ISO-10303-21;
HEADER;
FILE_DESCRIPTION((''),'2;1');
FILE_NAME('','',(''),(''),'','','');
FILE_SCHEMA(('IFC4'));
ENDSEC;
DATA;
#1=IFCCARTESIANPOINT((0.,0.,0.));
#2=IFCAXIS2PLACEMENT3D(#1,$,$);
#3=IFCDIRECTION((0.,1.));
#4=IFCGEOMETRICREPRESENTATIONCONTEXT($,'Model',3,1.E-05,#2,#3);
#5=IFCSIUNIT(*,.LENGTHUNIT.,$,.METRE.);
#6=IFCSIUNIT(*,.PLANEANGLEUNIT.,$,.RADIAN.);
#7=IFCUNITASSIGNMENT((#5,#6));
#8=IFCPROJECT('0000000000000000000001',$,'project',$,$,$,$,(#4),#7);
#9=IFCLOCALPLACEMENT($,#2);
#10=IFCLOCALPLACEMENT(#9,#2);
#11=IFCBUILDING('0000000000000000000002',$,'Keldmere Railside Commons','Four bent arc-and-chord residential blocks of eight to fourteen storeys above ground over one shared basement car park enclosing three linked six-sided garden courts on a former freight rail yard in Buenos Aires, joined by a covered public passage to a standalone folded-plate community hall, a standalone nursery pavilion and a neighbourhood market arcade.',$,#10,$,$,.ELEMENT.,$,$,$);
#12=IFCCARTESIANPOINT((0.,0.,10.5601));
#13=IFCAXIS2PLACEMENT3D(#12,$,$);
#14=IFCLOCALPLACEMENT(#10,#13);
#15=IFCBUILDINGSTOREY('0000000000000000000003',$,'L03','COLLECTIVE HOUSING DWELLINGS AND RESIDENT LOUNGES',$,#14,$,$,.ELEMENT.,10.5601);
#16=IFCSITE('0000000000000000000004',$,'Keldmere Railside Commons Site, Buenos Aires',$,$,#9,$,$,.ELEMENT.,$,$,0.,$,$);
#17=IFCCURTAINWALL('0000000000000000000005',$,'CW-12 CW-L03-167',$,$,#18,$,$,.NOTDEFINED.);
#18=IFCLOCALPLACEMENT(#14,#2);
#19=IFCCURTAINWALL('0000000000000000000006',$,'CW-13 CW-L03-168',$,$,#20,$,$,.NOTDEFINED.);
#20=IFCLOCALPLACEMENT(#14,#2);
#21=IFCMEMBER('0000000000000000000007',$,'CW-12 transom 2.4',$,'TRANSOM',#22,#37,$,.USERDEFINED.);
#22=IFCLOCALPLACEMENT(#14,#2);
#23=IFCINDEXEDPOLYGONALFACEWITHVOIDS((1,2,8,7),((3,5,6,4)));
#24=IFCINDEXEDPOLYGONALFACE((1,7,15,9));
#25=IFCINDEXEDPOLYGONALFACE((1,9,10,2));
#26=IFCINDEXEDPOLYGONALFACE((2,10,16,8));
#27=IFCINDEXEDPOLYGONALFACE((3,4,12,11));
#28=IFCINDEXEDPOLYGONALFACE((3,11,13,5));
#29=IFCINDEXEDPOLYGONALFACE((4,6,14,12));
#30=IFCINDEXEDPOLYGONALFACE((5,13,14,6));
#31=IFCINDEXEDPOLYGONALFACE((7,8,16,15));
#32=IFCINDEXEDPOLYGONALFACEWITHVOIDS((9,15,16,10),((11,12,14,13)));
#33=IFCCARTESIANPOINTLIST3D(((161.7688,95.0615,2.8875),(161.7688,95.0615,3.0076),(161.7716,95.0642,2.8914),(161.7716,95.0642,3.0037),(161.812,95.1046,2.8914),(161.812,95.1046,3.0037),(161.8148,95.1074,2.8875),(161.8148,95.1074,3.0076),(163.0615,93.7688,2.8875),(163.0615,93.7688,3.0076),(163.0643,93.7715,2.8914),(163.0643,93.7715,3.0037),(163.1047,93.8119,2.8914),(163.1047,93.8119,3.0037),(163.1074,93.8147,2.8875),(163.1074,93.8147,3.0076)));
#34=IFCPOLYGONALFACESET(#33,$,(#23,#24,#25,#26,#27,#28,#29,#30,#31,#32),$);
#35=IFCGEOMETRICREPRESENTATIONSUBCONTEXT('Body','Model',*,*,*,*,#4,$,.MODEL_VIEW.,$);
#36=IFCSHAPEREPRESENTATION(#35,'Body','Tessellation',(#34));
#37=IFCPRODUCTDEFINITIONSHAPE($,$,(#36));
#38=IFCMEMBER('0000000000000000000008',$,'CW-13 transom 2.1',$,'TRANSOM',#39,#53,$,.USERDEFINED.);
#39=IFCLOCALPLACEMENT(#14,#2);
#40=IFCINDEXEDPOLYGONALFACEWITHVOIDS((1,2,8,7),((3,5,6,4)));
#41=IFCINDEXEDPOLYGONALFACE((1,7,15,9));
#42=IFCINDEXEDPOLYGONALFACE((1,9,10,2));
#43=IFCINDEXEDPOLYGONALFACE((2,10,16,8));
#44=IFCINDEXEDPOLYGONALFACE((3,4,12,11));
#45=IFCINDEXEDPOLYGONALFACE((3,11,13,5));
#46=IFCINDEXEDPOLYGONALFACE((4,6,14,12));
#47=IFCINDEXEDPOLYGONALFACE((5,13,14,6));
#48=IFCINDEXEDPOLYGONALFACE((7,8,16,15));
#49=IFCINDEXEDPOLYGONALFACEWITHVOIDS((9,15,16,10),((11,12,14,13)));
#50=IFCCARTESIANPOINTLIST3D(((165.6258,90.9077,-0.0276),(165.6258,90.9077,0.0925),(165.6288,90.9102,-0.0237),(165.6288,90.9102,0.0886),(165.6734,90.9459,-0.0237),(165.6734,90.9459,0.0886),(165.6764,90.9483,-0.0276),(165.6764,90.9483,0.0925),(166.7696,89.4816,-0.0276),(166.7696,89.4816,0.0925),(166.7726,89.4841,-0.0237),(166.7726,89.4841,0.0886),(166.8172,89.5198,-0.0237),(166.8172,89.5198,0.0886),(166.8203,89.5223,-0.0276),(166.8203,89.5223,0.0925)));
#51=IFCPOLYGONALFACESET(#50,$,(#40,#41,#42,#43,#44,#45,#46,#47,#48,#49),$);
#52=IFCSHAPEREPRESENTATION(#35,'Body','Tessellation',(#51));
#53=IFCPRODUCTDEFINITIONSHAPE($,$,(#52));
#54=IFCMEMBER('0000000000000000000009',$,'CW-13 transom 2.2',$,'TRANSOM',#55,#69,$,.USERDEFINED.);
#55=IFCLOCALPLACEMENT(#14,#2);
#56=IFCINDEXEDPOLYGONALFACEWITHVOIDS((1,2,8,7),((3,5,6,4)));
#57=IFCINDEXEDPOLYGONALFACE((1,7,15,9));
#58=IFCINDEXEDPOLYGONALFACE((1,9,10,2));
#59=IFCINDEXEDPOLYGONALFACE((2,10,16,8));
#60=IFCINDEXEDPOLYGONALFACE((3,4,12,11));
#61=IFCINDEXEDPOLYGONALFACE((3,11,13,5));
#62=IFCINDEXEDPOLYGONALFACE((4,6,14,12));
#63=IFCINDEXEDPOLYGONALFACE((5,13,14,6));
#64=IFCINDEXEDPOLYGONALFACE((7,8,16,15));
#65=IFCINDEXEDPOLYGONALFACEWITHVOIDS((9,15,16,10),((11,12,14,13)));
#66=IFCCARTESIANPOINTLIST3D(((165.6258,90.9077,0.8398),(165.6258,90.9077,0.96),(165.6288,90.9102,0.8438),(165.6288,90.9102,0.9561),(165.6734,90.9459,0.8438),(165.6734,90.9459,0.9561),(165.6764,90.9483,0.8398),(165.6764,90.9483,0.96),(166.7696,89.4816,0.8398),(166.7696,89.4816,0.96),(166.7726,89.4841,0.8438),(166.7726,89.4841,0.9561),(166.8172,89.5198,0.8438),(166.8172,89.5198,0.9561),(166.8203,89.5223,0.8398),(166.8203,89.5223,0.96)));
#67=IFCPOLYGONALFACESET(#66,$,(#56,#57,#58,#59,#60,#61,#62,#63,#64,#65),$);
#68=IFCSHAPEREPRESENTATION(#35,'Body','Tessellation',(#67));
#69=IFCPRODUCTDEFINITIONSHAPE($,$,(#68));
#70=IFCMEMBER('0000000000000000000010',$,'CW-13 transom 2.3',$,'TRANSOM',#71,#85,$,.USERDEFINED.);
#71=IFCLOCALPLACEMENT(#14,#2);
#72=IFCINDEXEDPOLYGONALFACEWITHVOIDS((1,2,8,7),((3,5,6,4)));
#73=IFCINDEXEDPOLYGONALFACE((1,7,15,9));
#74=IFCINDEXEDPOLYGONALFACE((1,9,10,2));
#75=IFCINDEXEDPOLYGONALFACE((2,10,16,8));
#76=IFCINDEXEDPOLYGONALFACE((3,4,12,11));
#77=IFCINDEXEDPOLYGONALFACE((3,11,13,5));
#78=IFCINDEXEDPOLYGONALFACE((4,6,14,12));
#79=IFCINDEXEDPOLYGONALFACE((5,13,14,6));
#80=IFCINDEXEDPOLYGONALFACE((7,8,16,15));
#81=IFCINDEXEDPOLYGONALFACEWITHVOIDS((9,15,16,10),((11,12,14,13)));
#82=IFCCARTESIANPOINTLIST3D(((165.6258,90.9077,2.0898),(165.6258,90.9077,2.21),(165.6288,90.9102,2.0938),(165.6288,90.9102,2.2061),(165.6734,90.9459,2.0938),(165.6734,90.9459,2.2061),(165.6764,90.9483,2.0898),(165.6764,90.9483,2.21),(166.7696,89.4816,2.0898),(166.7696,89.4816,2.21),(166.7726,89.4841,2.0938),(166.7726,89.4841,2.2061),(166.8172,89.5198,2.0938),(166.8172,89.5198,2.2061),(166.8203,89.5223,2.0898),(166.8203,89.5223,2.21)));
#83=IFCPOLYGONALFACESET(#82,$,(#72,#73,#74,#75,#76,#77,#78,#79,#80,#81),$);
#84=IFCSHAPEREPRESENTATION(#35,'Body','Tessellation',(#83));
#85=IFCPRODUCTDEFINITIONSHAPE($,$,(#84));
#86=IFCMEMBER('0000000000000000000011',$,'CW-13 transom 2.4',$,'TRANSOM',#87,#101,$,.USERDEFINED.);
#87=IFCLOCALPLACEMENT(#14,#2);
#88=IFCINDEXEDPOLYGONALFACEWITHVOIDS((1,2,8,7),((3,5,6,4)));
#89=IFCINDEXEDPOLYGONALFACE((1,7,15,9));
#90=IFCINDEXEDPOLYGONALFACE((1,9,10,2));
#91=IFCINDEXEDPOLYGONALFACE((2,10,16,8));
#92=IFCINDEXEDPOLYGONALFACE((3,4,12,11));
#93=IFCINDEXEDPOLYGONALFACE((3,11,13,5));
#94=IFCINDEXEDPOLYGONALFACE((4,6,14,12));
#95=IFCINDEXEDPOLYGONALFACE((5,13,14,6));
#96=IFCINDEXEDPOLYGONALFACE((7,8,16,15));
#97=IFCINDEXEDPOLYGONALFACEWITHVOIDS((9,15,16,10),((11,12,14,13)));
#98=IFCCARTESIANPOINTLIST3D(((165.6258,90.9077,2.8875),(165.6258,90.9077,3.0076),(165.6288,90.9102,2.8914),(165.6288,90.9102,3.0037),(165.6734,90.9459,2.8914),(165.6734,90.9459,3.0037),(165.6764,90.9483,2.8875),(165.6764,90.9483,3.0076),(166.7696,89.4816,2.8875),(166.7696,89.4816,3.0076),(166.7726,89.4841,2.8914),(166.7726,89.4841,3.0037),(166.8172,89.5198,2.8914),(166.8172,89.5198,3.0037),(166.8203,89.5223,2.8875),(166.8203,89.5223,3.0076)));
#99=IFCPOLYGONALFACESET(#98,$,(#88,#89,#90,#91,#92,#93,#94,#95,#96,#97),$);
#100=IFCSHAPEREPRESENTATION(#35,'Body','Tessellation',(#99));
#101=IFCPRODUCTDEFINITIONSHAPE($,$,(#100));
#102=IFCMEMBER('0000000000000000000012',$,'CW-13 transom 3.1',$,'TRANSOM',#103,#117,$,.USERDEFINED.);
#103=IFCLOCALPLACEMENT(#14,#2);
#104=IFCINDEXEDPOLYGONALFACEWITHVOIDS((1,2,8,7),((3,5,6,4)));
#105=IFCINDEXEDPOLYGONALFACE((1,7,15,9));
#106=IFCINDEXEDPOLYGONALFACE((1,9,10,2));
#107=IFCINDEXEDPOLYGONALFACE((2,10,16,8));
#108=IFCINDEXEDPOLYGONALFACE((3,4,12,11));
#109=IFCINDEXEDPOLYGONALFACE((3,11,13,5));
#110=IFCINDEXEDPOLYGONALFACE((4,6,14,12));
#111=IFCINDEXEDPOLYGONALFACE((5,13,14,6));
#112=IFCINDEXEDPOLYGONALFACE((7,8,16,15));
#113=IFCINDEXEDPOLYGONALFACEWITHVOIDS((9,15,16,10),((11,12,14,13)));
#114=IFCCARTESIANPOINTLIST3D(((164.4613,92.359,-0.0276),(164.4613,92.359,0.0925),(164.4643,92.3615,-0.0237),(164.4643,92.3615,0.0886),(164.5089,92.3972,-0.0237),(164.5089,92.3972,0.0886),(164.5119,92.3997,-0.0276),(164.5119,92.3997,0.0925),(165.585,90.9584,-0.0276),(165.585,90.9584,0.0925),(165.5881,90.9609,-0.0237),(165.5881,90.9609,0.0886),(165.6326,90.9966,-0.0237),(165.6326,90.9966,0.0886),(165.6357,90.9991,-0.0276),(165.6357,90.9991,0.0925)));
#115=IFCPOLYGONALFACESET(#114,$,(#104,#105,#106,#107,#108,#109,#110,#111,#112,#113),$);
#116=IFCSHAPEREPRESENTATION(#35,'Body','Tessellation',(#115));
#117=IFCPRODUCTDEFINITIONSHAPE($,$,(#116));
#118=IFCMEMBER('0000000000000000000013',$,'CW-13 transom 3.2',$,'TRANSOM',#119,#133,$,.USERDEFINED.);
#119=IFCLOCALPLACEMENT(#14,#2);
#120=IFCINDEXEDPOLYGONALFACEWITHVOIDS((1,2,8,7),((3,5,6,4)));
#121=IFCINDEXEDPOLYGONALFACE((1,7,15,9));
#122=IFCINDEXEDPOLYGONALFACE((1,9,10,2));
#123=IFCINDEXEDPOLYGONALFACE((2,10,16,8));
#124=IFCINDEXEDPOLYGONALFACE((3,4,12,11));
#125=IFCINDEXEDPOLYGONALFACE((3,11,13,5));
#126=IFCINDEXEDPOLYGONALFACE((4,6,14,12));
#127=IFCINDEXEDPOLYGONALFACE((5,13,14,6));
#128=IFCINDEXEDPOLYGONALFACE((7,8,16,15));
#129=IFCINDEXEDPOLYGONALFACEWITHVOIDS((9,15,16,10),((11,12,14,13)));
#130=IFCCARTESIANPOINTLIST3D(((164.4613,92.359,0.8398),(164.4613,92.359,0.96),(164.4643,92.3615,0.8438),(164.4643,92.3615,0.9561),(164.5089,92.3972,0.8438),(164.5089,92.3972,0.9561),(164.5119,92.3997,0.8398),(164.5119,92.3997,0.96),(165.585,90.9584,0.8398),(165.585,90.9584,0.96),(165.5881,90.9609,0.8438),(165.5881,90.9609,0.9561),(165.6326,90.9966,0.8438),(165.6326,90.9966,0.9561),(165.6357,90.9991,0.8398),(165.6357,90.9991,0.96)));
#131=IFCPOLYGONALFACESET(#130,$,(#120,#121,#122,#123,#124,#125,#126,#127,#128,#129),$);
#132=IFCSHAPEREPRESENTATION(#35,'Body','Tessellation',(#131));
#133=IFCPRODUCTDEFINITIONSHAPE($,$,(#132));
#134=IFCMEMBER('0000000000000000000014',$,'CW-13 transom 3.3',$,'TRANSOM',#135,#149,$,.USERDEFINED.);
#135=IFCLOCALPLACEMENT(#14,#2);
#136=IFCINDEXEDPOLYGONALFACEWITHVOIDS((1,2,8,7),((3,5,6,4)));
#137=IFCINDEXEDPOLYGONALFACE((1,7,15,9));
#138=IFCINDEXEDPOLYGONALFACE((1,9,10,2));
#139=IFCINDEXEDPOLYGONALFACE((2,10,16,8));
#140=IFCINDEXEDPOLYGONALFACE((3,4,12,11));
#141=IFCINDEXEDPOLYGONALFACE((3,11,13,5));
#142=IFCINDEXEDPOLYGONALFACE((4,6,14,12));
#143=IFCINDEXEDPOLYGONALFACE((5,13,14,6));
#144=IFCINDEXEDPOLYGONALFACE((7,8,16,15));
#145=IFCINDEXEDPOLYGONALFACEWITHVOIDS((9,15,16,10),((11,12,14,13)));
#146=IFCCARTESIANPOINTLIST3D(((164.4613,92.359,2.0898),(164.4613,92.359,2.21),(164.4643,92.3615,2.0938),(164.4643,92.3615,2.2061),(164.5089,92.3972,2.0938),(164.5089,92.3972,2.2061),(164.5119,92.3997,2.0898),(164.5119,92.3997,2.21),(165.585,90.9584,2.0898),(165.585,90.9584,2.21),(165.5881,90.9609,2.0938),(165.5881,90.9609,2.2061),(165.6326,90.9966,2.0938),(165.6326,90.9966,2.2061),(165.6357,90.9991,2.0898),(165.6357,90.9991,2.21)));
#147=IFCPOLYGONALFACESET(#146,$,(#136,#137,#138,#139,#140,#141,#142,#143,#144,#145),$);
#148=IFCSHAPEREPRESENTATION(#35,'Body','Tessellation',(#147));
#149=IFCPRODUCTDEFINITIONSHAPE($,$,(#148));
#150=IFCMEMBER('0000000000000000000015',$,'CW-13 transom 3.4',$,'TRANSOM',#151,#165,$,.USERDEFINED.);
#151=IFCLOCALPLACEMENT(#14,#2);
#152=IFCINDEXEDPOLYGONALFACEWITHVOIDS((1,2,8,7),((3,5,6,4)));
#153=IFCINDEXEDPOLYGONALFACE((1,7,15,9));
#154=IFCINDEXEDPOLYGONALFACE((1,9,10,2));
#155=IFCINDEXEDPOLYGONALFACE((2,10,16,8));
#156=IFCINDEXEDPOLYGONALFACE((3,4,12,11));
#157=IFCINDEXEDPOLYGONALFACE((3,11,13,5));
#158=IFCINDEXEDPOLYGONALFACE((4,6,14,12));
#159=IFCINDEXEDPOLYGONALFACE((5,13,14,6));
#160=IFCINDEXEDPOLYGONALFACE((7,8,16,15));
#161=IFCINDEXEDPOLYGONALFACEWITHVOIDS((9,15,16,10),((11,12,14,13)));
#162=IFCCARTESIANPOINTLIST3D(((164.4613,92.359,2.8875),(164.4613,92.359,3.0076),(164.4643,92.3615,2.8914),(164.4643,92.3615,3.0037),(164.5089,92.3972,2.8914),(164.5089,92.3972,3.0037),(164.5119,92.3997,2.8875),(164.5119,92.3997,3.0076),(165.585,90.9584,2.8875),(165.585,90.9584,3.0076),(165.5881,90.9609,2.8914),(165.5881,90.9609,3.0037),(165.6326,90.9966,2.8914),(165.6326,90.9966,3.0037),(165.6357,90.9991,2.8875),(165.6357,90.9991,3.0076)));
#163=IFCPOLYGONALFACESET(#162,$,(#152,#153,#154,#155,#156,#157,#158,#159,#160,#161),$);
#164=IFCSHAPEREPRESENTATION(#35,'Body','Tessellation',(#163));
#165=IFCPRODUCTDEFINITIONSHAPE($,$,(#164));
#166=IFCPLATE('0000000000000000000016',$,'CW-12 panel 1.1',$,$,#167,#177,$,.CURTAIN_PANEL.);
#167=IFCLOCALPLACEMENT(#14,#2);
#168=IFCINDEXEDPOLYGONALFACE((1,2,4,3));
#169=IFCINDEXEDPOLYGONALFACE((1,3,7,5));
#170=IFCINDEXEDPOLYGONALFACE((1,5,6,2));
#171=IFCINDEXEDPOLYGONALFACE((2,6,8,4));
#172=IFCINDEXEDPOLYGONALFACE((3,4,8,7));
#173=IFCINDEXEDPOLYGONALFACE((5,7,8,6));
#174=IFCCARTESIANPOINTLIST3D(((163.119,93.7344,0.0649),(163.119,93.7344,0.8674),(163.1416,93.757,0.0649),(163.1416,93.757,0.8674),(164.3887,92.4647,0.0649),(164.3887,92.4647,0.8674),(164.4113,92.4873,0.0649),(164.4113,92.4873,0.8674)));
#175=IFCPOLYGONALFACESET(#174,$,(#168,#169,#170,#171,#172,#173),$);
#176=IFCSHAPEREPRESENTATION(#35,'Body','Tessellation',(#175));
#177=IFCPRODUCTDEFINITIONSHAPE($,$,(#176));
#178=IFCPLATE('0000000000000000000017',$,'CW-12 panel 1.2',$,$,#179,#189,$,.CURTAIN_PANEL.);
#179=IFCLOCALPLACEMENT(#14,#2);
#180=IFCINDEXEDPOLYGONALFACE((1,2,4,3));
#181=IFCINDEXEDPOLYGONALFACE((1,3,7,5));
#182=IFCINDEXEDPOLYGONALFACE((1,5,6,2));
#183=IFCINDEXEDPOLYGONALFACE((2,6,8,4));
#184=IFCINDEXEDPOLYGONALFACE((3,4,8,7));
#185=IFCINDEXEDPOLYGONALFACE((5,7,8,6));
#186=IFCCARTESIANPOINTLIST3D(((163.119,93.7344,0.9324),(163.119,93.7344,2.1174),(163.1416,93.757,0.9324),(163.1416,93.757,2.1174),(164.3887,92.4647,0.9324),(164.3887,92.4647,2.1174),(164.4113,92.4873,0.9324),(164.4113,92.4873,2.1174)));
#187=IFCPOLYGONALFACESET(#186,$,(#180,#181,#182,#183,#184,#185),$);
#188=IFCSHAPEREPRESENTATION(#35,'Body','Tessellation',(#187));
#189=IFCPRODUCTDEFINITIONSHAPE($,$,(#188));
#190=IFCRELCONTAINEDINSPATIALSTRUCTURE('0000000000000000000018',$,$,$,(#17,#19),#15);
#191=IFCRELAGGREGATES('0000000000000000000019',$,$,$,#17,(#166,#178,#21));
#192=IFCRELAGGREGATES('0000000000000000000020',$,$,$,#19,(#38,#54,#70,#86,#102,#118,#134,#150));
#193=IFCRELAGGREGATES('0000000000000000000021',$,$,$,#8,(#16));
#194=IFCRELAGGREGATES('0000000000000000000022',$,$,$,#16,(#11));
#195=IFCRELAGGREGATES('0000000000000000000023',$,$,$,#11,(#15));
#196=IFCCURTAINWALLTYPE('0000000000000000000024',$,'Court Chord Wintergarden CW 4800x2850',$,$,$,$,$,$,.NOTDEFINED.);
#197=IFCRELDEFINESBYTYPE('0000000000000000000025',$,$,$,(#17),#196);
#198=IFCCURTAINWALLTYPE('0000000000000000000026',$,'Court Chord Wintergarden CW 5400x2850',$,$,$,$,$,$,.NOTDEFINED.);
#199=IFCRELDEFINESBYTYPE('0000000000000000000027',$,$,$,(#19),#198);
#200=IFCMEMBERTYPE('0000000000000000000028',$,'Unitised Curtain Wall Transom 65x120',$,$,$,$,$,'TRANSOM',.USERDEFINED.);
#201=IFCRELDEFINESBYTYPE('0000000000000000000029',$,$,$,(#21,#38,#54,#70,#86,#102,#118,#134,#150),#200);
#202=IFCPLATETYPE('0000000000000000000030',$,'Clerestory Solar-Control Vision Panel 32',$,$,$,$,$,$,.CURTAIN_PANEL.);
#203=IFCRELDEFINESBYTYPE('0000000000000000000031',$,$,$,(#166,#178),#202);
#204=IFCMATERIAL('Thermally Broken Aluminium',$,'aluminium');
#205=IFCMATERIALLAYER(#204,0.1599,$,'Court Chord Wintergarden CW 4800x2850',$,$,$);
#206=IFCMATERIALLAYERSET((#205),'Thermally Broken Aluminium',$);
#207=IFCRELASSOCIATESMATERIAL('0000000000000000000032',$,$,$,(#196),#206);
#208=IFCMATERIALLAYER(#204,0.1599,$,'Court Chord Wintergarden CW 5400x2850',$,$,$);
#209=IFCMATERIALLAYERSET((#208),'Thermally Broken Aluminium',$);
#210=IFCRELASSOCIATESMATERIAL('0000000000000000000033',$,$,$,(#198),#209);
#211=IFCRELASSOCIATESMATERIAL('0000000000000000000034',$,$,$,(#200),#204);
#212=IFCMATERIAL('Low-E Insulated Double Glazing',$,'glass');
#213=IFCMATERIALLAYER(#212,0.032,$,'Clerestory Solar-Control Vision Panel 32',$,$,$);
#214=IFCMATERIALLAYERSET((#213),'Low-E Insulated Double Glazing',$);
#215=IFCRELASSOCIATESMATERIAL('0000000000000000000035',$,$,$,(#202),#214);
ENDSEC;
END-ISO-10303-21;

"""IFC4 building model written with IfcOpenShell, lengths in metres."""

from ifc_helpers import new_model, si_unit, direction, frame, origin, origin_2d, place, context, subcontext, project, spatial, rectangle, hollow_rectangle, extrude, material, layer, layer_set, material_profile, profile_set, type_object, element, aggregate, save


model = new_model("IFC4")

# Units and contexts
model_context = context("Model", 3, precision=1e-05, world=origin(), true_north=direction((0.0, 1.0)))
body_context = subcontext(model_context, "Body", "Model", "MODEL_VIEW")
ifc_project = project(units=[si_unit("LENGTHUNIT", "METRE"), si_unit("PLANEANGLEUNIT", "RADIAN")], contexts=[model_context])

# Site, building, storey
site_placement = place(None, origin())
site = spatial("IfcSite", under=ifc_project, at=site_placement, Name="Keldmere Railside Commons Site, Buenos Aires", CompositionType="ELEMENT", RefElevation=0.0)
building_placement = place(site_placement, origin())
building = spatial("IfcBuilding", under=site, at=building_placement, Name="Keldmere Railside Commons", Description="Four bent arc-and-chord residential blocks of eight to fourteen storeys above ground over one shared basement car park enclosing three linked six-sided garden courts on a former freight rail yard in Buenos Aires, joined by a covered public passage to a standalone folded-plate community hall, a standalone nursery pavilion and a neighbourhood market arcade.", CompositionType="ELEMENT")
storey_placement = place(building_placement, frame((0.0, 0.0, 10.5601)))
storey = spatial("IfcBuildingStorey", under=building, at=storey_placement, Name="L03", Description="COLLECTIVE HOUSING DWELLINGS AND RESIDENT LOUNGES", CompositionType="ELEMENT", Elevation=10.5601)

# Curtain walls
ifc_material_1 = material(Name="Thermally Broken Aluminium", Category="aluminium")
ifc_layer_1 = layer(ifc_material_1, 0.1599, Name="Court Chord Wintergarden CW 4800x2850")
ifc_layer_set_1 = layer_set([ifc_layer_1], Name="Thermally Broken Aluminium")
curtain_wall_type_1 = type_object("IfcCurtainWallType", Name="Court Chord Wintergarden CW 4800x2850", PredefinedType="NOTDEFINED", material=ifc_layer_set_1)
curtain_wall_1_placement = place(storey_placement, origin())
curtain_wall_1 = element("IfcCurtainWall", 1, at=curtain_wall_1_placement, inside=storey, type_object=curtain_wall_type_1, Name="CW-12 CW-L03-167", PredefinedType="NOTDEFINED")
ifc_layer_2 = layer(ifc_material_1, 0.1599, Name="Court Chord Wintergarden CW 5400x2850")
ifc_layer_set_2 = layer_set([ifc_layer_2], Name="Thermally Broken Aluminium")
curtain_wall_type_2 = type_object("IfcCurtainWallType", Name="Court Chord Wintergarden CW 5400x2850", PredefinedType="NOTDEFINED", material=ifc_layer_set_2)
curtain_wall_2_placement = place(storey_placement, origin())
curtain_wall_2 = element("IfcCurtainWall", 2, at=curtain_wall_2_placement, inside=storey, type_object=curtain_wall_type_2, Name="CW-13 CW-L03-168", PredefinedType="NOTDEFINED")

# Members
ifc_material_profile_1 = material_profile(ifc_material_1, hollow_rectangle(XDim=0.0649, YDim=0.1201, WallThickness=0.0039, at=origin_2d()), Name="ALU-TRAN-65x120")
ifc_profile_set_1 = profile_set([ifc_material_profile_1], Name="Thermally Broken Aluminium")
member_type_1 = type_object("IfcMemberType", Name="Unitised Curtain Wall Transom 65x120", ElementType="TRANSOM", PredefinedType="USERDEFINED", material=ifc_profile_set_1)
member_1_placement = place(storey_placement, frame((163.0845, 93.7917, 2.9475), z_axis=(-0.707107, 0.707107, 0.0), x_axis=(-0.707107, -0.707107, 0.0)))
member_1 = element("IfcMember", 3, at=member_1_placement, type_object=member_type_1, Name="CW-12 transom 2.4", ObjectType="TRANSOM", PredefinedType="USERDEFINED", context=body_context, shape_type="SweptSolid", body=[
    extrude(hollow_rectangle(XDim=0.0649, YDim=0.1201, WallThickness=0.0039, at=origin_2d()), origin(), (0.0, 0.0, 1.0), 1.8281),
])
member_2_placement = place(storey_placement, frame((166.7949, 89.502, 0.0325), z_axis=(-0.625688, 0.780073, 0.0), x_axis=(-0.780073, -0.625688, 0.0)))
member_2 = element("IfcMember", 4, at=member_2_placement, type_object=member_type_1, Name="CW-13 transom 2.1", ObjectType="TRANSOM", PredefinedType="USERDEFINED", context=body_context, shape_type="SweptSolid", body=[
    extrude(hollow_rectangle(XDim=0.0649, YDim=0.1201, WallThickness=0.0039, at=origin_2d()), origin(), (0.0, 0.0, 1.0), 1.8281),
])
member_3_placement = place(storey_placement, frame((166.7949, 89.502, 0.8999), z_axis=(-0.625688, 0.780073, 0.0), x_axis=(-0.780073, -0.625688, 0.0)))
member_3 = element("IfcMember", 5, at=member_3_placement, type_object=member_type_1, Name="CW-13 transom 2.2", ObjectType="TRANSOM", PredefinedType="USERDEFINED", context=body_context, shape_type="SweptSolid", body=[
    extrude(hollow_rectangle(XDim=0.0649, YDim=0.1201, WallThickness=0.0039, at=origin_2d()), origin(), (0.0, 0.0, 1.0), 1.8281),
])
member_4_placement = place(storey_placement, frame((166.7949, 89.502, 2.1499), z_axis=(-0.625688, 0.780073, 0.0), x_axis=(-0.780073, -0.625688, 0.0)))
member_4 = element("IfcMember", 6, at=member_4_placement, type_object=member_type_1, Name="CW-13 transom 2.3", ObjectType="TRANSOM", PredefinedType="USERDEFINED", context=body_context, shape_type="SweptSolid", body=[
    extrude(hollow_rectangle(XDim=0.0649, YDim=0.1201, WallThickness=0.0039, at=origin_2d()), origin(), (0.0, 0.0, 1.0), 1.8281),
])
member_5_placement = place(storey_placement, frame((166.7949, 89.502, 2.9475), z_axis=(-0.625688, 0.780073, 0.0), x_axis=(-0.780073, -0.625688, 0.0)))
member_5 = element("IfcMember", 7, at=member_5_placement, type_object=member_type_1, Name="CW-13 transom 2.4", ObjectType="TRANSOM", PredefinedType="USERDEFINED", context=body_context, shape_type="SweptSolid", body=[
    extrude(hollow_rectangle(XDim=0.0649, YDim=0.1201, WallThickness=0.0039, at=origin_2d()), origin(), (0.0, 0.0, 1.0), 1.8281),
])
member_6_placement = place(storey_placement, frame((165.6104, 90.9788, 0.0325), z_axis=(-0.625805, 0.779979, 0.0), x_axis=(-0.779979, -0.625805, 0.0)))
member_6 = element("IfcMember", 8, at=member_6_placement, type_object=member_type_1, Name="CW-13 transom 3.1", ObjectType="TRANSOM", PredefinedType="USERDEFINED", context=body_context, shape_type="SweptSolid", body=[
    extrude(hollow_rectangle(XDim=0.0649, YDim=0.1201, WallThickness=0.0039, at=origin_2d()), origin(), (0.0, 0.0, 1.0), 1.7957),
])
member_7_placement = place(storey_placement, frame((165.6104, 90.9788, 0.8999), z_axis=(-0.625805, 0.779979, 0.0), x_axis=(-0.779979, -0.625805, 0.0)))
member_7 = element("IfcMember", 9, at=member_7_placement, type_object=member_type_1, Name="CW-13 transom 3.2", ObjectType="TRANSOM", PredefinedType="USERDEFINED", context=body_context, shape_type="SweptSolid", body=[
    extrude(hollow_rectangle(XDim=0.0649, YDim=0.1201, WallThickness=0.0039, at=origin_2d()), origin(), (0.0, 0.0, 1.0), 1.7957),
])
member_8_placement = place(storey_placement, frame((165.6104, 90.9788, 2.1499), z_axis=(-0.625805, 0.779979, 0.0), x_axis=(-0.779979, -0.625805, 0.0)))
member_8 = element("IfcMember", 10, at=member_8_placement, type_object=member_type_1, Name="CW-13 transom 3.3", ObjectType="TRANSOM", PredefinedType="USERDEFINED", context=body_context, shape_type="SweptSolid", body=[
    extrude(hollow_rectangle(XDim=0.0649, YDim=0.1201, WallThickness=0.0039, at=origin_2d()), origin(), (0.0, 0.0, 1.0), 1.7957),
])
member_9_placement = place(storey_placement, frame((165.6104, 90.9788, 2.9475), z_axis=(-0.625805, 0.779979, 0.0), x_axis=(-0.779979, -0.625805, 0.0)))
member_9 = element("IfcMember", 11, at=member_9_placement, type_object=member_type_1, Name="CW-13 transom 3.4", ObjectType="TRANSOM", PredefinedType="USERDEFINED", context=body_context, shape_type="SweptSolid", body=[
    extrude(hollow_rectangle(XDim=0.0649, YDim=0.1201, WallThickness=0.0039, at=origin_2d()), origin(), (0.0, 0.0, 1.0), 1.7957),
])

# Plates
ifc_material_2 = material(Name="Low-E Insulated Double Glazing", Category="glass")
ifc_layer_3 = layer(ifc_material_2, 0.032, Name="Clerestory Solar-Control Vision Panel 32")
ifc_layer_set_3 = layer_set([ifc_layer_3], Name="Low-E Insulated Double Glazing")
plate_type_1 = type_object("IfcPlateType", Name="Clerestory Solar-Control Vision Panel 32", PredefinedType="CURTAIN_PANEL", material=ifc_layer_set_3)
plate_1_placement = place(storey_placement, frame((163.7651, 93.1108, 0.0649), z_axis=(0.0, 0.0, 1.0), x_axis=(-0.707107, 0.707107, 0.0)))
plate_1 = element("IfcPlate", 12, at=plate_1_placement, type_object=plate_type_1, Name="CW-12 panel 1.1", PredefinedType="CURTAIN_PANEL", context=body_context, shape_type="SweptSolid", body=[
    extrude(rectangle(XDim=1.7957, YDim=0.032, at=origin_2d()), origin(), (0.0, 0.0, 1.0), 0.8025),
])
plate_2_placement = place(storey_placement, frame((163.7651, 93.1108, 0.9324), z_axis=(0.0, 0.0, 1.0), x_axis=(-0.707107, 0.707107, 0.0)))
plate_2 = element("IfcPlate", 13, at=plate_2_placement, type_object=plate_type_1, Name="CW-12 panel 1.2", PredefinedType="CURTAIN_PANEL", context=body_context, shape_type="SweptSolid", body=[
    extrude(rectangle(XDim=1.7957, YDim=0.032, at=origin_2d()), origin(), (0.0, 0.0, 1.0), 1.1851),
])
aggregate(curtain_wall_1, [plate_1, plate_2, member_1])
aggregate(curtain_wall_2, [member_2, member_3, member_4, member_5, member_6, member_7, member_8, member_9])

save(model, "model.ifc")
